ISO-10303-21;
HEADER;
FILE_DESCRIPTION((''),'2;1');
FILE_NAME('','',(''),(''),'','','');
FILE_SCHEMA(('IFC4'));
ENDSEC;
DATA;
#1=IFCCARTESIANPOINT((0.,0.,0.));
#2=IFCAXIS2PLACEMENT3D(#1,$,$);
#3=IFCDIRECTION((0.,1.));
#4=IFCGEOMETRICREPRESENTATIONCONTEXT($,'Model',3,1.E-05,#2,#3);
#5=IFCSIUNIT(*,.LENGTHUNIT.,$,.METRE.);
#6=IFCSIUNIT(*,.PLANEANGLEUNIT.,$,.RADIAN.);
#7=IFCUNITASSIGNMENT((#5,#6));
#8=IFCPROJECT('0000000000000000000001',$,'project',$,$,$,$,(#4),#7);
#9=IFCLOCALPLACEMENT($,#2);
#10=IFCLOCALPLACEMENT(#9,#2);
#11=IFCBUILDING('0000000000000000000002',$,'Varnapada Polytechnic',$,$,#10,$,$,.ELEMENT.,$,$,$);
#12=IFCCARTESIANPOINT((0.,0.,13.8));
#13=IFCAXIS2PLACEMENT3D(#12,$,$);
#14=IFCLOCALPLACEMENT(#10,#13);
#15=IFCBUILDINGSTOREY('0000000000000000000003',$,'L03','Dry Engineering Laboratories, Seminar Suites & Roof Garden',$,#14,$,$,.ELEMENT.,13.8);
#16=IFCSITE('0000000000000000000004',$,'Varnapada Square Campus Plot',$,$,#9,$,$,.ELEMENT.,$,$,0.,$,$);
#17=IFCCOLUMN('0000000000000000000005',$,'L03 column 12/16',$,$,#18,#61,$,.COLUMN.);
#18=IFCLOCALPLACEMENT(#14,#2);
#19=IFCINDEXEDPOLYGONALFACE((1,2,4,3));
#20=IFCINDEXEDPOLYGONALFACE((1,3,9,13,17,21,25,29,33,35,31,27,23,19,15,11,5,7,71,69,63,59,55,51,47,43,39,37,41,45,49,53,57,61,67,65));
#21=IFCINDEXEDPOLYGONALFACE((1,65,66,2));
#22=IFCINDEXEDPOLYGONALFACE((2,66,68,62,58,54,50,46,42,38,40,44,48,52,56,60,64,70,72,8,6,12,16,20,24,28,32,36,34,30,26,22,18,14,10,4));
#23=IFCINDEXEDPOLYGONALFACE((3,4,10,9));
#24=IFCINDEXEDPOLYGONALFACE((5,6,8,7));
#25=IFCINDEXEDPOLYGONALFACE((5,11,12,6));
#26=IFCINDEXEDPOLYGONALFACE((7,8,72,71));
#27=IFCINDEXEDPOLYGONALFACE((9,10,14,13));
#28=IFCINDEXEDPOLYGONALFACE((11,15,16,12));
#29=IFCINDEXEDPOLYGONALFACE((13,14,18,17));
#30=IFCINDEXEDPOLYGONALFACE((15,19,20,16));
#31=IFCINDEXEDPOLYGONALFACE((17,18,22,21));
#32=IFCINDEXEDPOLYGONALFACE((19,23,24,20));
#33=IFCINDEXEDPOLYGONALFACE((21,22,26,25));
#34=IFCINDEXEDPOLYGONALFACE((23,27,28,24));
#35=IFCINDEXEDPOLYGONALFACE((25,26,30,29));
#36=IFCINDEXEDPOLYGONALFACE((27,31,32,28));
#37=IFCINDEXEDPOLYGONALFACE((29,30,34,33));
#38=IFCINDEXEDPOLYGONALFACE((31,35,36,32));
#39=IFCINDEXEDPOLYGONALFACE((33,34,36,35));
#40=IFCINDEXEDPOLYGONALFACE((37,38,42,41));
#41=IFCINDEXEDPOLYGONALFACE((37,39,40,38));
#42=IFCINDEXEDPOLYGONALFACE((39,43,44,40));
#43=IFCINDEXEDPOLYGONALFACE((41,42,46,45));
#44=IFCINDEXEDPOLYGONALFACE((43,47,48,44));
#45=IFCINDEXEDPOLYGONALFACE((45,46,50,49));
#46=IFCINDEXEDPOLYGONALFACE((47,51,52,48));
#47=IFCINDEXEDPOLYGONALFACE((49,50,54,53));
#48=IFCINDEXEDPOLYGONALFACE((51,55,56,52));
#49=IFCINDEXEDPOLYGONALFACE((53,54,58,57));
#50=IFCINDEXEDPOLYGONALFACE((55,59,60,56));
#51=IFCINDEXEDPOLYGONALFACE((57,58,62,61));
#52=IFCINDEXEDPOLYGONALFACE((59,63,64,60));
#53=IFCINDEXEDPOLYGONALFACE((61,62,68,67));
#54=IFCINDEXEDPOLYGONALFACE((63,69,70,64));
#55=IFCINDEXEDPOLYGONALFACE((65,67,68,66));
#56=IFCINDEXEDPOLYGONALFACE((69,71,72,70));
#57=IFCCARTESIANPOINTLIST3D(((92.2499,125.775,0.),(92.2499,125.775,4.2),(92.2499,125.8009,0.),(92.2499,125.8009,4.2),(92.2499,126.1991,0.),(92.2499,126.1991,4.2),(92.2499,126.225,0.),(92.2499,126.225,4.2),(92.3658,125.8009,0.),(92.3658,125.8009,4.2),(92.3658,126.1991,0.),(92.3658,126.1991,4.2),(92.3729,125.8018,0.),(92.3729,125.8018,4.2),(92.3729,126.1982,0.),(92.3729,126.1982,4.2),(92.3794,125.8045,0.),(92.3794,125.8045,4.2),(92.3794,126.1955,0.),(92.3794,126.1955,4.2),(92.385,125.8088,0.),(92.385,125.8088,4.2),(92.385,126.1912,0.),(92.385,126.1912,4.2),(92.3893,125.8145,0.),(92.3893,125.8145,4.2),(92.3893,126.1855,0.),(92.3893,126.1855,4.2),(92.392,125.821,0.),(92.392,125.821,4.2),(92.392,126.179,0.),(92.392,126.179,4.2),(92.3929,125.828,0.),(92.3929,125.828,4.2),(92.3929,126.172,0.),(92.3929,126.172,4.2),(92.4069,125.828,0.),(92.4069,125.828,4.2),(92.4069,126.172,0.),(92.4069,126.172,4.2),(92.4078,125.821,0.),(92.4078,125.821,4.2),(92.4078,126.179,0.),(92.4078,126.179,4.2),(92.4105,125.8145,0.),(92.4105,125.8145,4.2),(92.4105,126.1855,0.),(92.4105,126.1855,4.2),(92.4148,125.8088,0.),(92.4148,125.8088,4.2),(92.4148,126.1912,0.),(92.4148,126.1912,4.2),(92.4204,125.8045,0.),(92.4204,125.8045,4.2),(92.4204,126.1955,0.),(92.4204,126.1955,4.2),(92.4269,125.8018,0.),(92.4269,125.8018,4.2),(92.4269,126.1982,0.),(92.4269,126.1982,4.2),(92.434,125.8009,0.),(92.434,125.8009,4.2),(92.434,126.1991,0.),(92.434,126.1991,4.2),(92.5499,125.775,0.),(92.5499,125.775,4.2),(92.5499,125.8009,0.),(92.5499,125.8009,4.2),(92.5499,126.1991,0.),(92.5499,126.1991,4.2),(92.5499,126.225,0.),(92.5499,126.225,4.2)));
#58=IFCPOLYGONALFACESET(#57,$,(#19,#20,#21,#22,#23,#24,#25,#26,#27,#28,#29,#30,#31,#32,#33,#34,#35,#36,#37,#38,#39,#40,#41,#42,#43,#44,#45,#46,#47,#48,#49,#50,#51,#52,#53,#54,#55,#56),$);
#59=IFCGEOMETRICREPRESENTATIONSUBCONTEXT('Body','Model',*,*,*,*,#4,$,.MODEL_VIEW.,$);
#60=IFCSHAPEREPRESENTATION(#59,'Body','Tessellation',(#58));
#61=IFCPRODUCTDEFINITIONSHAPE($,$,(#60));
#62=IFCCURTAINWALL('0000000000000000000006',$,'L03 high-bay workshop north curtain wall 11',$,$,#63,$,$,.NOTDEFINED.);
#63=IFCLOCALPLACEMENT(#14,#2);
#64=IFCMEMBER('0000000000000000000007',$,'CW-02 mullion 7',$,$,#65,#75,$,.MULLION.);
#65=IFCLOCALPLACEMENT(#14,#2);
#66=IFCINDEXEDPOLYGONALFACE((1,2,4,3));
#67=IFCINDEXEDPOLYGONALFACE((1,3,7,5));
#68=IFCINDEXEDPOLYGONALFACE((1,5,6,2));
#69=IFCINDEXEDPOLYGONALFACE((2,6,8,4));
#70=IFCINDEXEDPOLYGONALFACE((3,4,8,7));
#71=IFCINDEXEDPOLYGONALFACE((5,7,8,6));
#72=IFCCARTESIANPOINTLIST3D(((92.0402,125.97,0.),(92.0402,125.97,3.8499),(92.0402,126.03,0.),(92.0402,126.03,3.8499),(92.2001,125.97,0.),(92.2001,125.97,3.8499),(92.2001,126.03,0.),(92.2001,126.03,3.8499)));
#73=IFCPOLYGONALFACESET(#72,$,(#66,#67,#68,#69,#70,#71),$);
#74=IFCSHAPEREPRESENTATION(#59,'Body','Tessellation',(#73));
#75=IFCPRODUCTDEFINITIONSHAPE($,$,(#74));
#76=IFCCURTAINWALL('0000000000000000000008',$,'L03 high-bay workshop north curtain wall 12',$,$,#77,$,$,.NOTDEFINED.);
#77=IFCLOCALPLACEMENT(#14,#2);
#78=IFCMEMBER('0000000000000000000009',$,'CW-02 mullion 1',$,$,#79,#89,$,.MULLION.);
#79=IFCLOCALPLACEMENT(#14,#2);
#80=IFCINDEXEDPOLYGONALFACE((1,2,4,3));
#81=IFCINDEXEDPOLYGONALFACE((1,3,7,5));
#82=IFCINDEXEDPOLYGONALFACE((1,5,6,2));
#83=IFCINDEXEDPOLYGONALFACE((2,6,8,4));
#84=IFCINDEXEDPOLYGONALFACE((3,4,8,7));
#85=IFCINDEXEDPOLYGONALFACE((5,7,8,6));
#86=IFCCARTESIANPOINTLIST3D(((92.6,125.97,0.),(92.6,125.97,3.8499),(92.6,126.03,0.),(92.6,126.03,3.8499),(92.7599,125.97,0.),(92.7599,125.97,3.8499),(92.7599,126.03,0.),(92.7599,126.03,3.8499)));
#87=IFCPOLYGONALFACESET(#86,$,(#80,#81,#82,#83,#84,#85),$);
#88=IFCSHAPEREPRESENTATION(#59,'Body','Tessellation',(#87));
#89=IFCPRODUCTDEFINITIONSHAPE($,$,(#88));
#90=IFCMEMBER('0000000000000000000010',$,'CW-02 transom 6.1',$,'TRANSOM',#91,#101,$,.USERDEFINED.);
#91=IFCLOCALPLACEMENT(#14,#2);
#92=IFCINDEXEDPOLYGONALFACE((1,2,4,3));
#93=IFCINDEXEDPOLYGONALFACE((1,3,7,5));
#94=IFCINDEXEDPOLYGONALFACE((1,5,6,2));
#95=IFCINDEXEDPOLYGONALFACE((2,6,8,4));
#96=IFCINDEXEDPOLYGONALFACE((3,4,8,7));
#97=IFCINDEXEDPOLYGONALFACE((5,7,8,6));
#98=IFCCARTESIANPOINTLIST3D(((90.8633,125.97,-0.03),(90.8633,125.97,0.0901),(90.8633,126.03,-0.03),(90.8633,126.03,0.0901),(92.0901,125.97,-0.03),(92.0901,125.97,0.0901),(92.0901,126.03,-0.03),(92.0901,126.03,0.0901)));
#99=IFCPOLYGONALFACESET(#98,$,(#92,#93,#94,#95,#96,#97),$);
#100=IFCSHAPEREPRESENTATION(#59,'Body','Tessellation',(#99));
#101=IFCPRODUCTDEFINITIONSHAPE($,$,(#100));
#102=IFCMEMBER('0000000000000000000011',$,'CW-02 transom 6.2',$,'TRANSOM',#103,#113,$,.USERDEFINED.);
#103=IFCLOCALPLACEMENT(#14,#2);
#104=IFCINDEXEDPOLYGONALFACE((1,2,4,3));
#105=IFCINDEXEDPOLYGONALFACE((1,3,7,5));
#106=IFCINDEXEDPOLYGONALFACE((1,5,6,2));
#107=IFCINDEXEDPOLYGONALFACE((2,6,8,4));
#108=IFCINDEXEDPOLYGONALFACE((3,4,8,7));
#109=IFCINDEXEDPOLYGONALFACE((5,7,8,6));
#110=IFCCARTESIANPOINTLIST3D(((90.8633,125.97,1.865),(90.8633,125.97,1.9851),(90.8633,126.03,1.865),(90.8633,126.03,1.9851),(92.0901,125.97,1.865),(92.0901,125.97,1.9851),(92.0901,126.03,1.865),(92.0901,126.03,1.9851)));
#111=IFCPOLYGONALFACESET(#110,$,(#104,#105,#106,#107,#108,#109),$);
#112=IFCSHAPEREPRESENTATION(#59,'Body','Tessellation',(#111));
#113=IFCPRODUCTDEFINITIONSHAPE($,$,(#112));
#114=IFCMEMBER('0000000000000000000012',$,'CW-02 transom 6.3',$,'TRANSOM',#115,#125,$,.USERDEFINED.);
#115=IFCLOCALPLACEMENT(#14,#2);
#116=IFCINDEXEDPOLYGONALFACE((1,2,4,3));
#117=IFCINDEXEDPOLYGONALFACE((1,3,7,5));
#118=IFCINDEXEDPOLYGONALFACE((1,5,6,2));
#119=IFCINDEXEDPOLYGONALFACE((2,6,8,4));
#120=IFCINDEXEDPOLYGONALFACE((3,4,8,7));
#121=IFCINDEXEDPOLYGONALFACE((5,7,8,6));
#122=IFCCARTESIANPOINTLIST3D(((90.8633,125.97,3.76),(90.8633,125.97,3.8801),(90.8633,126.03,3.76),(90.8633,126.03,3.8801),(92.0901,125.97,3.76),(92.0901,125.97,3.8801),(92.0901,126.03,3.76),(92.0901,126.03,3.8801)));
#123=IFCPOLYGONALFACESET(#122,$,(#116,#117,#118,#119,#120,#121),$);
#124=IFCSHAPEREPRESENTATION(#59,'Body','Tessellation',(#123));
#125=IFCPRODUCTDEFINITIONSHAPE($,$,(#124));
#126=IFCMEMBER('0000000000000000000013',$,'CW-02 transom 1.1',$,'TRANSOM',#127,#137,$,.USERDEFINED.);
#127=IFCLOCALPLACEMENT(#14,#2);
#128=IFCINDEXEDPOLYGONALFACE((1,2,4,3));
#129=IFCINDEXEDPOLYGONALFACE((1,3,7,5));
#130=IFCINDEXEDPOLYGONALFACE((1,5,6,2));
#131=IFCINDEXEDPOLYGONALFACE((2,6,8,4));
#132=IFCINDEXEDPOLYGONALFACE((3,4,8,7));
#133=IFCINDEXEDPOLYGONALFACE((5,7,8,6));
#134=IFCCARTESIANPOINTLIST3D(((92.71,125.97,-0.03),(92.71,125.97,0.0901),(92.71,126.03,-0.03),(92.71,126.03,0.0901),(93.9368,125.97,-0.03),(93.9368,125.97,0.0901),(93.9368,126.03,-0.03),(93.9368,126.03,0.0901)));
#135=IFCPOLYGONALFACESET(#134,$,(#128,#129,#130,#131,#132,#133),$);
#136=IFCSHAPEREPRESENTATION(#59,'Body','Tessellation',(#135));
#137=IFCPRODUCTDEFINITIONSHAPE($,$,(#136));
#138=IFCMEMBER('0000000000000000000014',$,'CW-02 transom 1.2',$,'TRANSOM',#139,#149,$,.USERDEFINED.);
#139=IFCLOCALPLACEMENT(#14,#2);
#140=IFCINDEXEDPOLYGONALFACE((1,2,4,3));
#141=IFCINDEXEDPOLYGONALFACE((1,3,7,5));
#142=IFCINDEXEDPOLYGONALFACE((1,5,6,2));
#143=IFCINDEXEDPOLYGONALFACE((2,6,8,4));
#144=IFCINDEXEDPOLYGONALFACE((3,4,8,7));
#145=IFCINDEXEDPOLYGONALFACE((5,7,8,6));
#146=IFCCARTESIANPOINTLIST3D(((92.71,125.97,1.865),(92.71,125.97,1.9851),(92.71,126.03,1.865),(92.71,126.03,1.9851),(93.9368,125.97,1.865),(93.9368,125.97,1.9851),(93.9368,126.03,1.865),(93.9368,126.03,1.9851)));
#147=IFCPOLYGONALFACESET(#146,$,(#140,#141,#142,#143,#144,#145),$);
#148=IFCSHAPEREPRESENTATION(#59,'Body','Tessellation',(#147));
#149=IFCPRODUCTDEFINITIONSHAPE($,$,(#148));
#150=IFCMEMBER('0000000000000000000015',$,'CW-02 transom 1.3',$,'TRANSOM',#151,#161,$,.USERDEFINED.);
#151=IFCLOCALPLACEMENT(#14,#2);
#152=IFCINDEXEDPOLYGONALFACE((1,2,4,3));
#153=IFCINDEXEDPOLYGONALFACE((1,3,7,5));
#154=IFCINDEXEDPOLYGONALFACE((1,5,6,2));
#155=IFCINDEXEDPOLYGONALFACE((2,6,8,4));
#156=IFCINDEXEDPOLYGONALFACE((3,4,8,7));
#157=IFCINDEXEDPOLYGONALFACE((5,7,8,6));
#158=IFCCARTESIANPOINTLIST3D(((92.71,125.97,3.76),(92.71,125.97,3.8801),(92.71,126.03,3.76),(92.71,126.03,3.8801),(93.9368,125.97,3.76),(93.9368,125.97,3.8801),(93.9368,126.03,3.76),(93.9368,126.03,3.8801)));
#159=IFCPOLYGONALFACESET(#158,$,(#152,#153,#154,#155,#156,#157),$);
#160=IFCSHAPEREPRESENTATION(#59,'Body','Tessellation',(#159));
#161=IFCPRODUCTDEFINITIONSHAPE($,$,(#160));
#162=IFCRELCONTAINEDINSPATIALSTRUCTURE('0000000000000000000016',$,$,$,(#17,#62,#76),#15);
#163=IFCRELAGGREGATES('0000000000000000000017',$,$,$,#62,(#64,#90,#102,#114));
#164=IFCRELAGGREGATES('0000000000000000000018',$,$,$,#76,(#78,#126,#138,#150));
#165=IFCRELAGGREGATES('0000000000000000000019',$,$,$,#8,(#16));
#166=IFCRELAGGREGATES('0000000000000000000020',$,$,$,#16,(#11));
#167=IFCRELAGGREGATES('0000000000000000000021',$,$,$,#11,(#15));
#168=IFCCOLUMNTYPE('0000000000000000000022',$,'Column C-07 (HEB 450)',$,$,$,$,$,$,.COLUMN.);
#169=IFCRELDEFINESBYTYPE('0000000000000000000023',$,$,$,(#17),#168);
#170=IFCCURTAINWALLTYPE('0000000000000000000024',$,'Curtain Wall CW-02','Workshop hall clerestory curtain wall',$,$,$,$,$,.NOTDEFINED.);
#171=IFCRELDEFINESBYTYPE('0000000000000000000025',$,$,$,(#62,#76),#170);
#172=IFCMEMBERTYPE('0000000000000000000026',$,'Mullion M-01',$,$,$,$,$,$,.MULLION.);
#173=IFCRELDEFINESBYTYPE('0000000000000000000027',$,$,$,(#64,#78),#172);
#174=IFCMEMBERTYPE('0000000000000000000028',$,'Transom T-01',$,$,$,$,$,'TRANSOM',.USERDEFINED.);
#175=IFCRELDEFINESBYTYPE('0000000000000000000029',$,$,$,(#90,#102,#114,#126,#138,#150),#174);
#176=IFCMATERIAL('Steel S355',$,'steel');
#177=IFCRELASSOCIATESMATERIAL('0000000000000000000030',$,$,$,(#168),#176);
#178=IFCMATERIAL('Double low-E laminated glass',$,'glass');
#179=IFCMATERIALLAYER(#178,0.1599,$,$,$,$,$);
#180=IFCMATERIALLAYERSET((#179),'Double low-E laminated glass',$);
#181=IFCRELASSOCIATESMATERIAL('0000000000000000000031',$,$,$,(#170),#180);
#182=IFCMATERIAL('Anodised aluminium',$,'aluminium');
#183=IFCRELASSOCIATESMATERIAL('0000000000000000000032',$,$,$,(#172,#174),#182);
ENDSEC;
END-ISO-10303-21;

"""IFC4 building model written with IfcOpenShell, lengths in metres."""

from ifc_helpers import new_model, si_unit, direction, frame, origin, origin_2d, place, context, subcontext, project, spatial, rectangle, i_section, extrude, material, layer, layer_set, material_profile, profile_set, type_object, element, aggregate, save


model = new_model("IFC4")

# Units and contexts
model_context = context("Model", 3, precision=1e-05, world=origin(), true_north=direction((0.0, 1.0)))
body_context = subcontext(model_context, "Body", "Model", "MODEL_VIEW")
ifc_project = project(units=[si_unit("LENGTHUNIT", "METRE"), si_unit("PLANEANGLEUNIT", "RADIAN")], contexts=[model_context])

# Site, building, storey
site_placement = place(None, origin())
site = spatial("IfcSite", under=ifc_project, at=site_placement, Name="Varnapada Square Campus Plot", CompositionType="ELEMENT", RefElevation=0.0)
building_placement = place(site_placement, origin())
building = spatial("IfcBuilding", under=site, at=building_placement, Name="Varnapada Polytechnic", CompositionType="ELEMENT")
storey_placement = place(building_placement, frame((0.0, 0.0, 13.8)))
storey = spatial("IfcBuildingStorey", under=building, at=storey_placement, Name="L03", Description="Dry Engineering Laboratories, Seminar Suites & Roof Garden", CompositionType="ELEMENT", Elevation=13.8)

# Column
ifc_material_1 = material(Name="Steel S355", Category="steel")
ifc_material_profile_1 = material_profile(ifc_material_1, i_section(OverallWidth=0.3, OverallDepth=0.45, WebThickness=0.0139, FlangeThickness=0.0259, FilletRadius=0.0271, at=origin_2d()), Name="HEB 450")
ifc_profile_set_1 = profile_set([ifc_material_profile_1], Name="Steel S355")
column_type = type_object("IfcColumnType", Name="Column C-07 (HEB 450)", PredefinedType="COLUMN", material=ifc_profile_set_1)
column_placement = place(storey_placement, frame((92.3999, 126.0, 0.0), z_axis=(0.0, 0.0, 1.0), x_axis=(1.0, 0.0, 0.0)))
element("IfcColumn", 1, at=column_placement, inside=storey, type_object=column_type, Name="L03 column 12/16", PredefinedType="COLUMN", context=body_context, shape_type="SweptSolid", body=[
    extrude(i_section(OverallWidth=0.3, OverallDepth=0.45, WebThickness=0.0139, FlangeThickness=0.0259, FilletRadius=0.0271, at=origin_2d()), origin(), (0.0, 0.0, 1.0), 4.2),
])

# Curtain walls, members
ifc_material_2 = material(Name="Double low-E laminated glass", Category="glass")
ifc_layer_1 = layer(ifc_material_2, 0.1599)
ifc_layer_set_1 = layer_set([ifc_layer_1], Name="Double low-E laminated glass")
curtain_wall_type = type_object("IfcCurtainWallType", Name="Curtain Wall CW-02", Description="Workshop hall clerestory curtain wall", PredefinedType="NOTDEFINED", material=ifc_layer_set_1)
curtain_wall_1_placement = place(storey_placement, origin())
curtain_wall_1 = element("IfcCurtainWall", 2, at=curtain_wall_1_placement, inside=storey, type_object=curtain_wall_type, Name="L03 high-bay workshop north curtain wall 11", PredefinedType="NOTDEFINED")
ifc_material_3 = material(Name="Anodised aluminium", Category="aluminium")
ifc_material_profile_2 = material_profile(ifc_material_3, rectangle(XDim=0.0601, YDim=0.1599, at=origin_2d()), Name="ALU M60x160")
ifc_profile_set_2 = profile_set([ifc_material_profile_2], Name="Anodised aluminium")
member_type_1 = type_object("IfcMemberType", Name="Mullion M-01", PredefinedType="MULLION", material=ifc_profile_set_2)
member_1_placement = place(storey_placement, frame((92.1201, 126.0, 0.0), z_axis=(0.0, 0.0, 1.0), x_axis=(0.0, 1.0, 0.0)))
member_1 = element("IfcMember", 3, at=member_1_placement, type_object=member_type_1, Name="CW-02 mullion 7", PredefinedType="MULLION", context=body_context, shape_type="SweptSolid", body=[
    extrude(rectangle(XDim=0.0601, YDim=0.1599, at=origin_2d()), origin(), (0.0, 0.0, 1.0), 3.8499),
])
curtain_wall_2_placement = place(storey_placement, origin())
curtain_wall_2 = element("IfcCurtainWall", 4, at=curtain_wall_2_placement, inside=storey, type_object=curtain_wall_type, Name="L03 high-bay workshop north curtain wall 12", PredefinedType="NOTDEFINED")
member_2_placement = place(storey_placement, frame((92.6799, 126.0, 0.0), z_axis=(0.0, 0.0, 1.0), x_axis=(0.0, 1.0, 0.0)))
member_2 = element("IfcMember", 5, at=member_2_placement, type_object=member_type_1, Name="CW-02 mullion 1", PredefinedType="MULLION", context=body_context, shape_type="SweptSolid", body=[
    extrude(rectangle(XDim=0.0601, YDim=0.1599, at=origin_2d()), origin(), (0.0, 0.0, 1.0), 3.8499),
])

# Members
ifc_material_profile_3 = material_profile(ifc_material_3, rectangle(XDim=0.0601, YDim=0.1201, at=origin_2d()), Name="ALU T60x120")
ifc_profile_set_3 = profile_set([ifc_material_profile_3], Name="Anodised aluminium")
member_type_2 = type_object("IfcMemberType", Name="Transom T-01", ElementType="TRANSOM", PredefinedType="USERDEFINED", material=ifc_profile_set_3)
member_3_placement = place(storey_placement, frame((90.8633, 126.0, 0.03), z_axis=(1.0, 0.0, 0.0), x_axis=(0.0, 1.0, 0.0)))
member_3 = element("IfcMember", 6, at=member_3_placement, type_object=member_type_2, Name="CW-02 transom 6.1", ObjectType="TRANSOM", PredefinedType="USERDEFINED", context=body_context, shape_type="SweptSolid", body=[
    extrude(rectangle(XDim=0.0601, YDim=0.1201, at=origin_2d()), origin(), (0.0, 0.0, 1.0), 1.2268),
])
member_4_placement = place(storey_placement, frame((90.8633, 126.0, 1.925), z_axis=(1.0, 0.0, 0.0), x_axis=(0.0, 1.0, 0.0)))
member_4 = element("IfcMember", 7, at=member_4_placement, type_object=member_type_2, Name="CW-02 transom 6.2", ObjectType="TRANSOM", PredefinedType="USERDEFINED", context=body_context, shape_type="SweptSolid", body=[
    extrude(rectangle(XDim=0.0601, YDim=0.1201, at=origin_2d()), origin(), (0.0, 0.0, 1.0), 1.2268),
])
member_5_placement = place(storey_placement, frame((90.8633, 126.0, 3.8201), z_axis=(1.0, 0.0, 0.0), x_axis=(0.0, 1.0, 0.0)))
member_5 = element("IfcMember", 8, at=member_5_placement, type_object=member_type_2, Name="CW-02 transom 6.3", ObjectType="TRANSOM", PredefinedType="USERDEFINED", context=body_context, shape_type="SweptSolid", body=[
    extrude(rectangle(XDim=0.0601, YDim=0.1201, at=origin_2d()), origin(), (0.0, 0.0, 1.0), 1.2268),
])
member_6_placement = place(storey_placement, frame((92.71, 126.0, 0.03), z_axis=(1.0, 0.0, 0.0), x_axis=(0.0, 1.0, 0.0)))
member_6 = element("IfcMember", 9, at=member_6_placement, type_object=member_type_2, Name="CW-02 transom 1.1", ObjectType="TRANSOM", PredefinedType="USERDEFINED", context=body_context, shape_type="SweptSolid", body=[
    extrude(rectangle(XDim=0.0601, YDim=0.1201, at=origin_2d()), origin(), (0.0, 0.0, 1.0), 1.2268),
])
member_7_placement = place(storey_placement, frame((92.71, 126.0, 1.925), z_axis=(1.0, 0.0, 0.0), x_axis=(0.0, 1.0, 0.0)))
member_7 = element("IfcMember", 10, at=member_7_placement, type_object=member_type_2, Name="CW-02 transom 1.2", ObjectType="TRANSOM", PredefinedType="USERDEFINED", context=body_context, shape_type="SweptSolid", body=[
    extrude(rectangle(XDim=0.0601, YDim=0.1201, at=origin_2d()), origin(), (0.0, 0.0, 1.0), 1.2268),
])
member_8_placement = place(storey_placement, frame((92.71, 126.0, 3.8201), z_axis=(1.0, 0.0, 0.0), x_axis=(0.0, 1.0, 0.0)))
member_8 = element("IfcMember", 11, at=member_8_placement, type_object=member_type_2, Name="CW-02 transom 1.3", ObjectType="TRANSOM", PredefinedType="USERDEFINED", context=body_context, shape_type="SweptSolid", body=[
    extrude(rectangle(XDim=0.0601, YDim=0.1201, at=origin_2d()), origin(), (0.0, 0.0, 1.0), 1.2268),
])

aggregate(curtain_wall_1, [member_1, member_3, member_4, member_5])
aggregate(curtain_wall_2, [member_2, member_6, member_7, member_8])

save(model, "model.ifc")
